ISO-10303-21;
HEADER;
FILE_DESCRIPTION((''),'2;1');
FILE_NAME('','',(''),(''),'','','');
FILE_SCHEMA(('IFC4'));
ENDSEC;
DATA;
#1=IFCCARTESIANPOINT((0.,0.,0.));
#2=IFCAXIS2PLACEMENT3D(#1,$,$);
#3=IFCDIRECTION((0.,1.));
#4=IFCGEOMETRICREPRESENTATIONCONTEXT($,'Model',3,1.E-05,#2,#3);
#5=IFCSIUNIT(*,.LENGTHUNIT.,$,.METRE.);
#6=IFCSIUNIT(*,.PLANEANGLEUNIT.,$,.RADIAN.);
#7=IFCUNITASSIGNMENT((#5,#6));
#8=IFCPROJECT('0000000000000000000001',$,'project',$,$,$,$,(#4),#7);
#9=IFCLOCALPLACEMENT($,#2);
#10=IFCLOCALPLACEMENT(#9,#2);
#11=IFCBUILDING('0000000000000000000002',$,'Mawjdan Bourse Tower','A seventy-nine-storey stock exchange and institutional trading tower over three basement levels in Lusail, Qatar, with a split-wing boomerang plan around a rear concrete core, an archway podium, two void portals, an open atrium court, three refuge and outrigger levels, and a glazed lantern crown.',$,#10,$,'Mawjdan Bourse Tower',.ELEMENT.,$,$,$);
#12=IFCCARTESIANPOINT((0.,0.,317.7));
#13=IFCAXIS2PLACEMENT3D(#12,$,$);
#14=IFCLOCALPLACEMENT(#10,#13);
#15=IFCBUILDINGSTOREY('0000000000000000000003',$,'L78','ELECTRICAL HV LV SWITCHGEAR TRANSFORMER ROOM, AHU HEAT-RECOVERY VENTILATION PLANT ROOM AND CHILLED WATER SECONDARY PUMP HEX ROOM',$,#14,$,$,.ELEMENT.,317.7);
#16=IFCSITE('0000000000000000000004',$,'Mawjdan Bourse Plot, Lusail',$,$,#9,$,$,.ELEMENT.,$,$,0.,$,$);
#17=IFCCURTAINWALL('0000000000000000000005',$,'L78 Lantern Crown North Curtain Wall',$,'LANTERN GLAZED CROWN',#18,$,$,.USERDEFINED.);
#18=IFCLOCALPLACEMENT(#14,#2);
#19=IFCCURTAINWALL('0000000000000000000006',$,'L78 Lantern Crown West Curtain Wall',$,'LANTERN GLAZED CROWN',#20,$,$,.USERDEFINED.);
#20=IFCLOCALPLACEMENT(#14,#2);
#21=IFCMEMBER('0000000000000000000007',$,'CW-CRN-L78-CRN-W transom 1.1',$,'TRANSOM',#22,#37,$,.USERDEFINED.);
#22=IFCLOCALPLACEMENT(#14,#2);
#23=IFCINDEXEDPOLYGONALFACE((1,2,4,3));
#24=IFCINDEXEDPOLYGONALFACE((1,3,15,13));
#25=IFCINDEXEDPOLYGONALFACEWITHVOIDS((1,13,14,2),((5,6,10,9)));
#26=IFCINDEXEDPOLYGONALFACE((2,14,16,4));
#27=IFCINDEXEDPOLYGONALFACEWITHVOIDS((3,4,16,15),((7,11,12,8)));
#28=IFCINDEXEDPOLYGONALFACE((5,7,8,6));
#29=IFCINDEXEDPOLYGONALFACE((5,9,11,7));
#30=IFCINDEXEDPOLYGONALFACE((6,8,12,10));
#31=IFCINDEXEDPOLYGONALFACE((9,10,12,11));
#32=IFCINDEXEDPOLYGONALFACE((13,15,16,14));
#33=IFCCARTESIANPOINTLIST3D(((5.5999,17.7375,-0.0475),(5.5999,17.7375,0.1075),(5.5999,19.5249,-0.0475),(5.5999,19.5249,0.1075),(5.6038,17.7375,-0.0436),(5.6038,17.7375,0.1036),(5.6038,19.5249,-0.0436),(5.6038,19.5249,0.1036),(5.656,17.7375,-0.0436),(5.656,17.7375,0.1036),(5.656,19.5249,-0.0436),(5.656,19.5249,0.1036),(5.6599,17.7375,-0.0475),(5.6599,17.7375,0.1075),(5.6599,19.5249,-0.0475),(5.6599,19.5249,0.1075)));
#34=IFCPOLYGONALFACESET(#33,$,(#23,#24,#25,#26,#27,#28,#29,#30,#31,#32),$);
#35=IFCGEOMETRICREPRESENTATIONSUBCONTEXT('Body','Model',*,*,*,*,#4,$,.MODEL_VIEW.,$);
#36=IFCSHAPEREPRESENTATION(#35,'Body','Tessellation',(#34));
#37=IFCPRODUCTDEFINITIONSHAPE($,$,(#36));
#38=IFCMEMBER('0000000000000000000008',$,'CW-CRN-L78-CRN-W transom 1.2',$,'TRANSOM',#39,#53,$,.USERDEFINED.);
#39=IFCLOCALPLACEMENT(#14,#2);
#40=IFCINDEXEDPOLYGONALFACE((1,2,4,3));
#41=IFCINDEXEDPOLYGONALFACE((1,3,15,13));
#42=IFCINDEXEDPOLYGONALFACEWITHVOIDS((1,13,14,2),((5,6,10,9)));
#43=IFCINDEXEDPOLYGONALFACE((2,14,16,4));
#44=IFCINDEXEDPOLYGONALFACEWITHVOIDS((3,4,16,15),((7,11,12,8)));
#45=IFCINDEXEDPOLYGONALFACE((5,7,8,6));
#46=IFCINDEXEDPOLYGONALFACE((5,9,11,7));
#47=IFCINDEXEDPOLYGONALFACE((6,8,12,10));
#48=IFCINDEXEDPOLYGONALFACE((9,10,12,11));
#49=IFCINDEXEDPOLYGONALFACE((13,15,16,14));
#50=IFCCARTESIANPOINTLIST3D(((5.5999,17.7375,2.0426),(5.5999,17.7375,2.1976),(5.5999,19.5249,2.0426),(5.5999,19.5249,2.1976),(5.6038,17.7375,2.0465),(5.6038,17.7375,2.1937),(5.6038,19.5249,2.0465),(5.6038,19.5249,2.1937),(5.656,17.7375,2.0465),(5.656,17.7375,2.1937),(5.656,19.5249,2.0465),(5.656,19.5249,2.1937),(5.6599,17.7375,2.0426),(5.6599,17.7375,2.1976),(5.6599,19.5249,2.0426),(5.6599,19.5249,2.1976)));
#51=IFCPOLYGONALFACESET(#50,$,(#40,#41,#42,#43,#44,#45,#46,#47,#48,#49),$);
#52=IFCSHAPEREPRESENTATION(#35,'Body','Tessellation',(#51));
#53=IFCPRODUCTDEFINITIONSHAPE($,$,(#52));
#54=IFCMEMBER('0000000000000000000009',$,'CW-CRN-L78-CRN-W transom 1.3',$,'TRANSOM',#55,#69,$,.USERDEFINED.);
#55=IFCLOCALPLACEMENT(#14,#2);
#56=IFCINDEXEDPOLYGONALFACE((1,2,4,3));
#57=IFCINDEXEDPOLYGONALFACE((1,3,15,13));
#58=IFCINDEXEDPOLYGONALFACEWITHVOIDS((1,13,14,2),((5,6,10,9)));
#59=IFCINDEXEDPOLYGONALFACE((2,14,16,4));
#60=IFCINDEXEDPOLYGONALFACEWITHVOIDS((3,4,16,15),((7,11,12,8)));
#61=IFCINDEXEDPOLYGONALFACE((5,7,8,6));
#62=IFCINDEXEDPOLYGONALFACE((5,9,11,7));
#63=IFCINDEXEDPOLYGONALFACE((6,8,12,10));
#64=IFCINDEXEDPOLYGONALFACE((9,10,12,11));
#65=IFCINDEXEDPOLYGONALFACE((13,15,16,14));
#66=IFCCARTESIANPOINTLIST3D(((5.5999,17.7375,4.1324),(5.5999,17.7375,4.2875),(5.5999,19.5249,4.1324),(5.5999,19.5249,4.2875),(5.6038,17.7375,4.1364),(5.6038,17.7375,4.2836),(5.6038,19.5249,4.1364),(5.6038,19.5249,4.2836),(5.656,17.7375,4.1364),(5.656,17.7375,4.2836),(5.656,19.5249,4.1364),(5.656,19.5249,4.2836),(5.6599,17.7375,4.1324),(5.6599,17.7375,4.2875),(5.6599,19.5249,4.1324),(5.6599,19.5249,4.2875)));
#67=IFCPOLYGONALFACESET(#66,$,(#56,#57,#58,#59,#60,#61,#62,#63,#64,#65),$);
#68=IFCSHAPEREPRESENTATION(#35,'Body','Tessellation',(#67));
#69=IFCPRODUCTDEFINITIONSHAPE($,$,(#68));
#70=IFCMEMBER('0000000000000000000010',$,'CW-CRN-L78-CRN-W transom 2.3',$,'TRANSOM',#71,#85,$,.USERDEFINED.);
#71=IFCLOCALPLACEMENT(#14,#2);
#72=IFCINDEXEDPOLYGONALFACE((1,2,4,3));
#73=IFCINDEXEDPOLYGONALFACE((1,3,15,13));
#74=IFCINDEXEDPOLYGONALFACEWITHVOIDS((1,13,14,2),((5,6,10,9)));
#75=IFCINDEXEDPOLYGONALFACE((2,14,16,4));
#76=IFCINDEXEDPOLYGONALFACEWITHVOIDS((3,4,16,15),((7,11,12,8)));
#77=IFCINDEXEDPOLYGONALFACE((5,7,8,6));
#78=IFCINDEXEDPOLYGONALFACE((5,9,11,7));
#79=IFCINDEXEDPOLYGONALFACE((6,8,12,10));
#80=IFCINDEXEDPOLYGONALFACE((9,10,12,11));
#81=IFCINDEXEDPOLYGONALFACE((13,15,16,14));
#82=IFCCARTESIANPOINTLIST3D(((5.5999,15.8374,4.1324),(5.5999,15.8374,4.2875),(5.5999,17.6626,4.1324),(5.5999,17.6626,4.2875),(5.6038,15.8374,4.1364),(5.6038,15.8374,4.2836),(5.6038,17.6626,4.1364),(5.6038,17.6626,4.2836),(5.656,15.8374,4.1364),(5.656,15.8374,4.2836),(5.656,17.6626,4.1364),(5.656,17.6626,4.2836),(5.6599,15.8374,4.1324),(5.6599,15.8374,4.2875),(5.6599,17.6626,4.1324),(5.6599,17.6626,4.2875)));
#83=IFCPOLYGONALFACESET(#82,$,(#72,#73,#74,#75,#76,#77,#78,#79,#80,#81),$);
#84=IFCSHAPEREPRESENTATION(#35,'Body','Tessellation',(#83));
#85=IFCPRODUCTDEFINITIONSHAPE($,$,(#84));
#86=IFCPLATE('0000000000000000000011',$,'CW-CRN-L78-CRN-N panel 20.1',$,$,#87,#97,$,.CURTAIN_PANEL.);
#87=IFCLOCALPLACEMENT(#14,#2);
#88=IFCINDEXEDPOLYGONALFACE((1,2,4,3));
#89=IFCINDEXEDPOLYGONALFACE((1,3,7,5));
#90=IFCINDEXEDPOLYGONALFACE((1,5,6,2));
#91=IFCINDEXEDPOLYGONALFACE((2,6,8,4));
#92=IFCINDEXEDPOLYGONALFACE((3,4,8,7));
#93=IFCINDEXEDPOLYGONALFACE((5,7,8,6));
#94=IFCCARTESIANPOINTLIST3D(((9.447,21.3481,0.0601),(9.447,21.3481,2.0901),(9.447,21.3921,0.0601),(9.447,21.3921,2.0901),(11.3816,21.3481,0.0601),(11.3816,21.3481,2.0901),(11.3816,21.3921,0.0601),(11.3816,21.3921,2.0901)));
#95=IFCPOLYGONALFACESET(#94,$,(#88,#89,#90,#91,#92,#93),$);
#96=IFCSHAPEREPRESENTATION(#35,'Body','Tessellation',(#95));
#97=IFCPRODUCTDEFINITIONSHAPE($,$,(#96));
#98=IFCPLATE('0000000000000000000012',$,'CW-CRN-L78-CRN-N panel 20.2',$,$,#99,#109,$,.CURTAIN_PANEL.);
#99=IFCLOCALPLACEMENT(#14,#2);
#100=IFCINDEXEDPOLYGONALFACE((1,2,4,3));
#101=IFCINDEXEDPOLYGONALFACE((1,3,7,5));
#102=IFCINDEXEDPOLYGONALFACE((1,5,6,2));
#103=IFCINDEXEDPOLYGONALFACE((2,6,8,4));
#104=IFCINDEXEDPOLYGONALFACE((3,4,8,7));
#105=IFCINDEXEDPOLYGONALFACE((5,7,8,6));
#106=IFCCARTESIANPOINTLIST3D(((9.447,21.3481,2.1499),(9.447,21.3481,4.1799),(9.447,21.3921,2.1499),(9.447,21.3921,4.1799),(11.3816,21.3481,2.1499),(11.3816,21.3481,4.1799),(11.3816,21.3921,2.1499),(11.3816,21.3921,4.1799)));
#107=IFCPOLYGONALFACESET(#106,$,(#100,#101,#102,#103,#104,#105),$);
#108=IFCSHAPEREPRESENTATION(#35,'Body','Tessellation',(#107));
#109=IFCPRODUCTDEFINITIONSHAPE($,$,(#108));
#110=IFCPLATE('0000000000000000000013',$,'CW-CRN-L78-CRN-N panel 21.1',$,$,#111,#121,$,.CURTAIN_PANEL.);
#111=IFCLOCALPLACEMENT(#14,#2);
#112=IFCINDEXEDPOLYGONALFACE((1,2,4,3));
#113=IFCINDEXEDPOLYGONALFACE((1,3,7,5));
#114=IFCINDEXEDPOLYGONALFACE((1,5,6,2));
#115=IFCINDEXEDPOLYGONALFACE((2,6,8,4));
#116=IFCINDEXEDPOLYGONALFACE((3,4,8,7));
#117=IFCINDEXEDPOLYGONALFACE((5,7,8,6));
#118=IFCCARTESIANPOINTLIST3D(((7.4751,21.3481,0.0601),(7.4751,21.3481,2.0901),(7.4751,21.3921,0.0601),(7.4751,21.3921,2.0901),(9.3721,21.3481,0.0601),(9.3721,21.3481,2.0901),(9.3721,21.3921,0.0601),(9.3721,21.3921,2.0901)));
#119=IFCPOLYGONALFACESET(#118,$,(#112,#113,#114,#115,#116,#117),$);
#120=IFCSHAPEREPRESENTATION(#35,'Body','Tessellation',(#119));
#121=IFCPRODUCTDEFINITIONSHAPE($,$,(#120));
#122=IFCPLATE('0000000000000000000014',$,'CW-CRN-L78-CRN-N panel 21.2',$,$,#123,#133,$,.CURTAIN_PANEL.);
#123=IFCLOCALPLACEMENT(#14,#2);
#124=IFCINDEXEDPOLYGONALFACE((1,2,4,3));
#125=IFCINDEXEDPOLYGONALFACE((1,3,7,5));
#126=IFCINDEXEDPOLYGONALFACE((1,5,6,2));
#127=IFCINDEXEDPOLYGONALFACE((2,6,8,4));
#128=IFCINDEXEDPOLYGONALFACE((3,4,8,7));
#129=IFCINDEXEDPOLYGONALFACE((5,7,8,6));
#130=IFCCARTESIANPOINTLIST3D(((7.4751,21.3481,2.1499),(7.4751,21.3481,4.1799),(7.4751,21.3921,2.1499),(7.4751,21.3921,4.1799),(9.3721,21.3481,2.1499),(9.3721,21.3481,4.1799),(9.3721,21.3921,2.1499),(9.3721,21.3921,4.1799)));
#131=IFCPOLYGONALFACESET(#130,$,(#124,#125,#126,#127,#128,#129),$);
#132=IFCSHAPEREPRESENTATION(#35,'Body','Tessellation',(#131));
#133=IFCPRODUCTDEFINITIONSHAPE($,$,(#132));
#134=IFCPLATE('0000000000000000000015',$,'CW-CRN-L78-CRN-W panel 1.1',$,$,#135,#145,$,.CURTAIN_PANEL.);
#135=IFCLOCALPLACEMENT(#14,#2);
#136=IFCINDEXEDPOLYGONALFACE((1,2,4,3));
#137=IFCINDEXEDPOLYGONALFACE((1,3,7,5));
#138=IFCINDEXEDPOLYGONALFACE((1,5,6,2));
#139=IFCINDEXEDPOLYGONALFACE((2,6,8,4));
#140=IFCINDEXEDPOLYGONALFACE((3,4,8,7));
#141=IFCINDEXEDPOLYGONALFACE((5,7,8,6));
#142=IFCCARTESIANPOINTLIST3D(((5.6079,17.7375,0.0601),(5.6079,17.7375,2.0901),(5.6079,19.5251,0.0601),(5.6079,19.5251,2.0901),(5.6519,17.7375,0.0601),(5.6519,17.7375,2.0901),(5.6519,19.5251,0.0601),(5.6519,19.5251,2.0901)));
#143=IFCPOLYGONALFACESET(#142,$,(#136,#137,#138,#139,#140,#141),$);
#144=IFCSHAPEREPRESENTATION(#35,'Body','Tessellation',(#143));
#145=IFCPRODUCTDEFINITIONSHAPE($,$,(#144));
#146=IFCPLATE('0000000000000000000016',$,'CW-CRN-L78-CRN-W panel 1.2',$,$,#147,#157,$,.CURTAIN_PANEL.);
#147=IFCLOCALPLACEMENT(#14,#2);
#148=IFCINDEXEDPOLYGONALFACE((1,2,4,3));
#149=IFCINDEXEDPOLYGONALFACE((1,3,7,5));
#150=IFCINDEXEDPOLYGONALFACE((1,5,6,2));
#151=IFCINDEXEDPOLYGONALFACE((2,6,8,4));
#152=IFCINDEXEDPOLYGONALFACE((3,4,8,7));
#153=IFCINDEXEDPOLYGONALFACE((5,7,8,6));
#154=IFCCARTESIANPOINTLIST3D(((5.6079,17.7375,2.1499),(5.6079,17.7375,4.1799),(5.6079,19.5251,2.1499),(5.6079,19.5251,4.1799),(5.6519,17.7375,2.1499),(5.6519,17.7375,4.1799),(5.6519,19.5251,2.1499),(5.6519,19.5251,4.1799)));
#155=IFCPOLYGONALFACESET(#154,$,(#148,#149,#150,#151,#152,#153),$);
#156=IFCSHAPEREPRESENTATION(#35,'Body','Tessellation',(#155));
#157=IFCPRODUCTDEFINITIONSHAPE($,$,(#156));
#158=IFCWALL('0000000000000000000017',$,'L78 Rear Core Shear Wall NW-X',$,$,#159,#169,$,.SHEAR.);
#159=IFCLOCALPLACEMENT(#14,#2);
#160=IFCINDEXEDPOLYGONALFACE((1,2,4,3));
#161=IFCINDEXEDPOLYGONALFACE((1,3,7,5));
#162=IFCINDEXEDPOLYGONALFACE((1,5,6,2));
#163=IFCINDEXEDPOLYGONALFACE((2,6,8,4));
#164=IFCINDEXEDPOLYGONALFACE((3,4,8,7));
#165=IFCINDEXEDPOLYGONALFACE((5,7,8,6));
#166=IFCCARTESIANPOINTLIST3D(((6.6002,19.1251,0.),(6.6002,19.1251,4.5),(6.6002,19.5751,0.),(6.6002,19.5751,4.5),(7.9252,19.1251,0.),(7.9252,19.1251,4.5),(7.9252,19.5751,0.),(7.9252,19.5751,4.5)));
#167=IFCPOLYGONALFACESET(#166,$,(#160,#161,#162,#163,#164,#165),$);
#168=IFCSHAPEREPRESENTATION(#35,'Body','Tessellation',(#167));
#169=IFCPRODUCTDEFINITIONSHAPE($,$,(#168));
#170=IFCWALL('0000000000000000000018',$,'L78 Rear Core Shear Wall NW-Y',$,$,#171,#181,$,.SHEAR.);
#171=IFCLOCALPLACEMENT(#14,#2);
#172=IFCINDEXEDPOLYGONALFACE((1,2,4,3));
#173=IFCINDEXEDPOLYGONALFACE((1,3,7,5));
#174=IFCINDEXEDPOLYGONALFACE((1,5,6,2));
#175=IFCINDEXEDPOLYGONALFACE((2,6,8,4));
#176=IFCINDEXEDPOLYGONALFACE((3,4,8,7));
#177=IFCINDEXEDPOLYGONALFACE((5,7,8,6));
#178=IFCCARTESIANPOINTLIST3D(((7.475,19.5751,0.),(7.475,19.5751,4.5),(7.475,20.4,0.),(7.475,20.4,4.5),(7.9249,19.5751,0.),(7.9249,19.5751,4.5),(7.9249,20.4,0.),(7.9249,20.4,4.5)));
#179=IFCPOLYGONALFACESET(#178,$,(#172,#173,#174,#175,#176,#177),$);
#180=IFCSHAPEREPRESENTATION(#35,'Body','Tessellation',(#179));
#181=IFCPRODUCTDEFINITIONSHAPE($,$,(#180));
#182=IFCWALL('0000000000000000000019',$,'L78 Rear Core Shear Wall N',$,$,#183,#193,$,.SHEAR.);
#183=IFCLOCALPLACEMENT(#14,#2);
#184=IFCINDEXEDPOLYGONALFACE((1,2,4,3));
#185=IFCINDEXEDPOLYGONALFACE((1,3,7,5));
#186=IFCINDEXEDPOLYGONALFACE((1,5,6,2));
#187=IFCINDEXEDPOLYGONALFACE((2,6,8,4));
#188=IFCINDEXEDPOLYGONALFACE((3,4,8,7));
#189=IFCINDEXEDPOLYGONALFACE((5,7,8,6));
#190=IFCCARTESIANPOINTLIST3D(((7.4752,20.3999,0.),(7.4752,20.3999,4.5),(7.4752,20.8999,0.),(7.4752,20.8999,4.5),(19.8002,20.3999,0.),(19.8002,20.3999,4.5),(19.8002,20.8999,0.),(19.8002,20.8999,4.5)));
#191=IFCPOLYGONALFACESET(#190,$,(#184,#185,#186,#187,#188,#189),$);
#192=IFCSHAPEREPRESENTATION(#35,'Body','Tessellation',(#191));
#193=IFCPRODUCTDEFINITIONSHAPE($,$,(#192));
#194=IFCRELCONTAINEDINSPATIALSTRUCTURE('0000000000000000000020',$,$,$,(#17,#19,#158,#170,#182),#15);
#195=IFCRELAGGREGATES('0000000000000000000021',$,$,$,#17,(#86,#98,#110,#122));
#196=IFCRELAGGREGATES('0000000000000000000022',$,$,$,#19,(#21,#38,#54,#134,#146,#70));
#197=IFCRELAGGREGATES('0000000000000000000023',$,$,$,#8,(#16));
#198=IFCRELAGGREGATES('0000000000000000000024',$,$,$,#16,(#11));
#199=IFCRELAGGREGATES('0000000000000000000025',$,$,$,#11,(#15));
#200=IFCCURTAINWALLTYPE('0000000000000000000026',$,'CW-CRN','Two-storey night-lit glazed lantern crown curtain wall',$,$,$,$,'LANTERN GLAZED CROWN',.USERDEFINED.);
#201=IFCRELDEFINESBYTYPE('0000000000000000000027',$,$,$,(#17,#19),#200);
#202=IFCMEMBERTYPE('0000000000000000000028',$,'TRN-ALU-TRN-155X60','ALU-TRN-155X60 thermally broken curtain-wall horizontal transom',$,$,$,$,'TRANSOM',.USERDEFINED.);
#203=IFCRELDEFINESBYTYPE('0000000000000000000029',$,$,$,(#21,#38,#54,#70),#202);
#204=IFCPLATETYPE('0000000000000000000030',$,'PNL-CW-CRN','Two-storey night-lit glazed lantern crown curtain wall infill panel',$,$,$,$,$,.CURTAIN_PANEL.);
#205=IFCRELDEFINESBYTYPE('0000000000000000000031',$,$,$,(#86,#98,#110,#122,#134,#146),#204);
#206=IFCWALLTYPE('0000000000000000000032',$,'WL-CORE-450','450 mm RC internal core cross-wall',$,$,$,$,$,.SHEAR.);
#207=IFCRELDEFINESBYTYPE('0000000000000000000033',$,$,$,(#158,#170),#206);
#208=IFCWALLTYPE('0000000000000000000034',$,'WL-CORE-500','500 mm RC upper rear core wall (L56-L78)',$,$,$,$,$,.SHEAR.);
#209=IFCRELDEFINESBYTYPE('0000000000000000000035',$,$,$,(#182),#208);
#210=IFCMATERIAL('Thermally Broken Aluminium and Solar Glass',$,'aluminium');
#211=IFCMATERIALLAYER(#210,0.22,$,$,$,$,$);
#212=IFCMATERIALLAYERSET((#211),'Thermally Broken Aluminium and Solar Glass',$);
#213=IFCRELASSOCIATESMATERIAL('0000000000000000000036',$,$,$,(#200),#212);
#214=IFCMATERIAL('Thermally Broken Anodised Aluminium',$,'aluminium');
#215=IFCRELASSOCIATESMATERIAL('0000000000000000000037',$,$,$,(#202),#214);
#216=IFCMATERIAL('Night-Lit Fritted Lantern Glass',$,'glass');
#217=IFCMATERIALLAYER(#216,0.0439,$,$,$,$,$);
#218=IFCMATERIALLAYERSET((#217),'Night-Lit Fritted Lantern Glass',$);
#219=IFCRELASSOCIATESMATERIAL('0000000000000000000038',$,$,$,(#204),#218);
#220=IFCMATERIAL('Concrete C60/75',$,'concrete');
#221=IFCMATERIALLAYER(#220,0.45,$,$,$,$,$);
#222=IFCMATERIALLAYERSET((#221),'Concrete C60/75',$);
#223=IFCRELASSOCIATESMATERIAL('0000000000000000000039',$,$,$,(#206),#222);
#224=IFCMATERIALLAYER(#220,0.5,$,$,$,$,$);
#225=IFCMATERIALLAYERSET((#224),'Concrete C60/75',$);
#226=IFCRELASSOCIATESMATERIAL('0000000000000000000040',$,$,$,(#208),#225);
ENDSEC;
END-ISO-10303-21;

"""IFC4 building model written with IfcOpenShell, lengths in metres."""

from ifc_helpers import new_model, si_unit, direction, frame, frame_2d, origin, origin_2d, place, context, subcontext, project, spatial, rectangle, hollow_rectangle, extrude, material, layer, layer_set, material_profile, profile_set, type_object, element, aggregate, save


model = new_model("IFC4")

# Units and contexts
model_context = context("Model", 3, precision=1e-05, world=origin(), true_north=direction((0.0, 1.0)))
body_context = subcontext(model_context, "Body", "Model", "MODEL_VIEW")
ifc_project = project(units=[si_unit("LENGTHUNIT", "METRE"), si_unit("PLANEANGLEUNIT", "RADIAN")], contexts=[model_context])

# Site, building, storey
site_placement = place(None, origin())
site = spatial("IfcSite", under=ifc_project, at=site_placement, Name="Mawjdan Bourse Plot, Lusail", CompositionType="ELEMENT", RefElevation=0.0)
building_placement = place(site_placement, origin())
building = spatial("IfcBuilding", under=site, at=building_placement, Name="Mawjdan Bourse Tower", Description="A seventy-nine-storey stock exchange and institutional trading tower over three basement levels in Lusail, Qatar, with a split-wing boomerang plan around a rear concrete core, an archway podium, two void portals, an open atrium court, three refuge and outrigger levels, and a glazed lantern crown.", LongName="Mawjdan Bourse Tower", CompositionType="ELEMENT")
storey_placement = place(building_placement, frame((0.0, 0.0, 317.7)))
storey = spatial("IfcBuildingStorey", under=building, at=storey_placement, Name="L78", Description="ELECTRICAL HV LV SWITCHGEAR TRANSFORMER ROOM, AHU HEAT-RECOVERY VENTILATION PLANT ROOM AND CHILLED WATER SECONDARY PUMP HEX ROOM", CompositionType="ELEMENT", Elevation=317.7)

# Curtain walls
ifc_material_1 = material(Name="Thermally Broken Aluminium and Solar Glass", Category="aluminium")
ifc_layer_1 = layer(ifc_material_1, 0.22)
ifc_layer_set_1 = layer_set([ifc_layer_1], Name="Thermally Broken Aluminium and Solar Glass")
curtain_wall_type = type_object("IfcCurtainWallType", Name="CW-CRN", Description="Two-storey night-lit glazed lantern crown curtain wall", ElementType="LANTERN GLAZED CROWN", PredefinedType="USERDEFINED", material=ifc_layer_set_1)
curtain_wall_1_placement = place(storey_placement, origin())
curtain_wall_1 = element("IfcCurtainWall", 1, at=curtain_wall_1_placement, inside=storey, type_object=curtain_wall_type, Name="L78 Lantern Crown North Curtain Wall", ObjectType="LANTERN GLAZED CROWN", PredefinedType="USERDEFINED")
ifc_material_2 = material(Name="Thermally Broken Anodised Aluminium", Category="aluminium")
curtain_wall_2_placement = place(storey_placement, origin())
curtain_wall_2 = element("IfcCurtainWall", 2, at=curtain_wall_2_placement, inside=storey, type_object=curtain_wall_type, Name="L78 Lantern Crown West Curtain Wall", ObjectType="LANTERN GLAZED CROWN", PredefinedType="USERDEFINED")

# Members
ifc_material_profile_1 = material_profile(ifc_material_2, hollow_rectangle(XDim=0.0601, YDim=0.155, WallThickness=0.0039, at=origin_2d()), Name="ALU-TRN-155X60")
ifc_profile_set_1 = profile_set([ifc_material_profile_1], Name="Thermally Broken Anodised Aluminium")
member_type_1 = type_object("IfcMemberType", Name="TRN-ALU-TRN-155X60", Description="ALU-TRN-155X60 thermally broken curtain-wall horizontal transom", ElementType="TRANSOM", PredefinedType="USERDEFINED", material=ifc_profile_set_1)
member_1_placement = place(storey_placement, frame((5.6299, 19.5249, 0.03), z_axis=(0.0, -1.0, 0.0), x_axis=(1.0, 0.0, 0.0)))
member_1 = element("IfcMember", 3, at=member_1_placement, type_object=member_type_1, Name="CW-CRN-L78-CRN-W transom 1.1", ObjectType="TRANSOM", PredefinedType="USERDEFINED", context=body_context, shape_type="SweptSolid", body=[
    extrude(hollow_rectangle(XDim=0.0601, YDim=0.155, WallThickness=0.0039, at=origin_2d()), origin(), (0.0, 0.0, 1.0), 1.7874),
])
member_2_placement = place(storey_placement, frame((5.6299, 19.5249, 2.1201), z_axis=(0.0, -1.0, 0.0), x_axis=(1.0, 0.0, 0.0)))
member_2 = element("IfcMember", 4, at=member_2_placement, type_object=member_type_1, Name="CW-CRN-L78-CRN-W transom 1.2", ObjectType="TRANSOM", PredefinedType="USERDEFINED", context=body_context, shape_type="SweptSolid", body=[
    extrude(hollow_rectangle(XDim=0.0601, YDim=0.155, WallThickness=0.0039, at=origin_2d()), origin(), (0.0, 0.0, 1.0), 1.7874),
])
member_3_placement = place(storey_placement, frame((5.6299, 19.5249, 4.21), z_axis=(0.0, -1.0, 0.0), x_axis=(1.0, 0.0, 0.0)))
member_3 = element("IfcMember", 5, at=member_3_placement, type_object=member_type_1, Name="CW-CRN-L78-CRN-W transom 1.3", ObjectType="TRANSOM", PredefinedType="USERDEFINED", context=body_context, shape_type="SweptSolid", body=[
    extrude(hollow_rectangle(XDim=0.0601, YDim=0.155, WallThickness=0.0039, at=origin_2d()), origin(), (0.0, 0.0, 1.0), 1.7874),
])
member_4_placement = place(storey_placement, frame((5.6299, 17.6626, 4.21), z_axis=(0.0, -1.0, 0.0), x_axis=(1.0, 0.0, 0.0)))
member_4 = element("IfcMember", 6, at=member_4_placement, type_object=member_type_1, Name="CW-CRN-L78-CRN-W transom 2.3", ObjectType="TRANSOM", PredefinedType="USERDEFINED", context=body_context, shape_type="SweptSolid", body=[
    extrude(hollow_rectangle(XDim=0.0601, YDim=0.155, WallThickness=0.0039, at=origin_2d()), origin(), (0.0, 0.0, 1.0), 1.8252),
])

# Plates
ifc_material_3 = material(Name="Night-Lit Fritted Lantern Glass", Category="glass")
ifc_layer_2 = layer(ifc_material_3, 0.0439)
ifc_layer_set_2 = layer_set([ifc_layer_2], Name="Night-Lit Fritted Lantern Glass")
plate_type = type_object("IfcPlateType", Name="PNL-CW-CRN", Description="Two-storey night-lit glazed lantern crown curtain wall infill panel", PredefinedType="CURTAIN_PANEL", material=ifc_layer_set_2)
plate_1_placement = place(storey_placement, frame((10.4143, 21.3701, 0.0601), z_axis=(0.0, 0.0, 1.0), x_axis=(-1.0, 0.0, 0.0)))
plate_1 = element("IfcPlate", 7, at=plate_1_placement, type_object=plate_type, Name="CW-CRN-L78-CRN-N panel 20.1", PredefinedType="CURTAIN_PANEL", context=body_context, shape_type="SweptSolid", body=[
    extrude(rectangle(XDim=1.9346, YDim=0.0439, at=origin_2d()), origin(), (0.0, 0.0, 1.0), 2.03),
])
plate_2_placement = place(storey_placement, frame((10.4143, 21.3701, 2.1499), z_axis=(0.0, 0.0, 1.0), x_axis=(-1.0, 0.0, 0.0)))
plate_2 = element("IfcPlate", 8, at=plate_2_placement, type_object=plate_type, Name="CW-CRN-L78-CRN-N panel 20.2", PredefinedType="CURTAIN_PANEL", context=body_context, shape_type="SweptSolid", body=[
    extrude(rectangle(XDim=1.9346, YDim=0.0439, at=origin_2d()), origin(), (0.0, 0.0, 1.0), 2.03),
])
plate_3_placement = place(storey_placement, frame((8.4236, 21.3701, 0.0601), z_axis=(0.0, 0.0, 1.0), x_axis=(-1.0, 0.0, 0.0)))
plate_3 = element("IfcPlate", 9, at=plate_3_placement, type_object=plate_type, Name="CW-CRN-L78-CRN-N panel 21.1", PredefinedType="CURTAIN_PANEL", context=body_context, shape_type="SweptSolid", body=[
    extrude(rectangle(XDim=1.897, YDim=0.0439, at=origin_2d()), origin(), (0.0, 0.0, 1.0), 2.03),
])
plate_4_placement = place(storey_placement, frame((8.4236, 21.3701, 2.1499), z_axis=(0.0, 0.0, 1.0), x_axis=(-1.0, 0.0, 0.0)))
plate_4 = element("IfcPlate", 10, at=plate_4_placement, type_object=plate_type, Name="CW-CRN-L78-CRN-N panel 21.2", PredefinedType="CURTAIN_PANEL", context=body_context, shape_type="SweptSolid", body=[
    extrude(rectangle(XDim=1.897, YDim=0.0439, at=origin_2d()), origin(), (0.0, 0.0, 1.0), 2.03),
])
aggregate(curtain_wall_1, [plate_1, plate_2, plate_3, plate_4])
plate_5_placement = place(storey_placement, frame((5.6299, 18.6313, 0.0601), z_axis=(0.0, 0.0, 1.0), x_axis=(0.0, -1.0, 0.0)))
plate_5 = element("IfcPlate", 11, at=plate_5_placement, type_object=plate_type, Name="CW-CRN-L78-CRN-W panel 1.1", PredefinedType="CURTAIN_PANEL", context=body_context, shape_type="SweptSolid", body=[
    extrude(rectangle(XDim=1.7876, YDim=0.0439, at=origin_2d()), origin(), (0.0, 0.0, 1.0), 2.03),
])
plate_6_placement = place(storey_placement, frame((5.6299, 18.6313, 2.1499), z_axis=(0.0, 0.0, 1.0), x_axis=(0.0, -1.0, 0.0)))
plate_6 = element("IfcPlate", 12, at=plate_6_placement, type_object=plate_type, Name="CW-CRN-L78-CRN-W panel 1.2", PredefinedType="CURTAIN_PANEL", context=body_context, shape_type="SweptSolid", body=[
    extrude(rectangle(XDim=1.7876, YDim=0.0439, at=origin_2d()), origin(), (0.0, 0.0, 1.0), 2.03),
])
aggregate(curtain_wall_2, [member_1, member_2, member_3, plate_5, plate_6, member_4])

# Walls
ifc_material_4 = material(Name="Concrete C60/75", Category="concrete")
ifc_layer_3 = layer(ifc_material_4, 0.45)
ifc_layer_set_3 = layer_set([ifc_layer_3], Name="Concrete C60/75")
wall_type_1 = type_object("IfcWallType", Name="WL-CORE-450", Description="450 mm RC internal core cross-wall", PredefinedType="SHEAR", material=ifc_layer_set_3)
wall_1_placement = place(storey_placement, frame((6.6001, 19.3501, 0.0), z_axis=(0.0, 0.0, 1.0), x_axis=(1.0, 0.0, 0.0)))
element("IfcWall", 13, at=wall_1_placement, inside=storey, type_object=wall_type_1, Name="L78 Rear Core Shear Wall NW-X", PredefinedType="SHEAR", context=body_context, shape_type="SweptSolid", body=[
    extrude(rectangle(XDim=1.325, YDim=0.45, at=frame_2d((0.6626, 0.0))), origin(), (0.0, 0.0, 1.0), 4.5),
])
wall_2_placement = place(storey_placement, frame((7.7, 19.575, 0.0), z_axis=(0.0, 0.0, 1.0), x_axis=(0.0, 1.0, 0.0)))
element("IfcWall", 14, at=wall_2_placement, inside=storey, type_object=wall_type_1, Name="L78 Rear Core Shear Wall NW-Y", PredefinedType="SHEAR", context=body_context, shape_type="SweptSolid", body=[
    extrude(rectangle(XDim=0.825, YDim=0.45, at=frame_2d((0.4126, 0.0))), origin(), (0.0, 0.0, 1.0), 4.5),
])
ifc_layer_4 = layer(ifc_material_4, 0.5)
ifc_layer_set_4 = layer_set([ifc_layer_4], Name="Concrete C60/75")
wall_type_2 = type_object("IfcWallType", Name="WL-CORE-500", Description="500 mm RC upper rear core wall (L56-L78)", PredefinedType="SHEAR", material=ifc_layer_set_4)
wall_3_placement = place(storey_placement, frame((7.4751, 20.6499, 0.0), z_axis=(0.0, 0.0, 1.0), x_axis=(1.0, 0.0, 0.0)))
element("IfcWall", 15, at=wall_3_placement, inside=storey, type_object=wall_type_2, Name="L78 Rear Core Shear Wall N", PredefinedType="SHEAR", context=body_context, shape_type="SweptSolid", body=[
    extrude(rectangle(XDim=12.325, YDim=0.5, at=frame_2d((6.1626, 0.0))), origin(), (0.0, 0.0, 1.0), 4.5),
])

save(model, "model.ifc")
